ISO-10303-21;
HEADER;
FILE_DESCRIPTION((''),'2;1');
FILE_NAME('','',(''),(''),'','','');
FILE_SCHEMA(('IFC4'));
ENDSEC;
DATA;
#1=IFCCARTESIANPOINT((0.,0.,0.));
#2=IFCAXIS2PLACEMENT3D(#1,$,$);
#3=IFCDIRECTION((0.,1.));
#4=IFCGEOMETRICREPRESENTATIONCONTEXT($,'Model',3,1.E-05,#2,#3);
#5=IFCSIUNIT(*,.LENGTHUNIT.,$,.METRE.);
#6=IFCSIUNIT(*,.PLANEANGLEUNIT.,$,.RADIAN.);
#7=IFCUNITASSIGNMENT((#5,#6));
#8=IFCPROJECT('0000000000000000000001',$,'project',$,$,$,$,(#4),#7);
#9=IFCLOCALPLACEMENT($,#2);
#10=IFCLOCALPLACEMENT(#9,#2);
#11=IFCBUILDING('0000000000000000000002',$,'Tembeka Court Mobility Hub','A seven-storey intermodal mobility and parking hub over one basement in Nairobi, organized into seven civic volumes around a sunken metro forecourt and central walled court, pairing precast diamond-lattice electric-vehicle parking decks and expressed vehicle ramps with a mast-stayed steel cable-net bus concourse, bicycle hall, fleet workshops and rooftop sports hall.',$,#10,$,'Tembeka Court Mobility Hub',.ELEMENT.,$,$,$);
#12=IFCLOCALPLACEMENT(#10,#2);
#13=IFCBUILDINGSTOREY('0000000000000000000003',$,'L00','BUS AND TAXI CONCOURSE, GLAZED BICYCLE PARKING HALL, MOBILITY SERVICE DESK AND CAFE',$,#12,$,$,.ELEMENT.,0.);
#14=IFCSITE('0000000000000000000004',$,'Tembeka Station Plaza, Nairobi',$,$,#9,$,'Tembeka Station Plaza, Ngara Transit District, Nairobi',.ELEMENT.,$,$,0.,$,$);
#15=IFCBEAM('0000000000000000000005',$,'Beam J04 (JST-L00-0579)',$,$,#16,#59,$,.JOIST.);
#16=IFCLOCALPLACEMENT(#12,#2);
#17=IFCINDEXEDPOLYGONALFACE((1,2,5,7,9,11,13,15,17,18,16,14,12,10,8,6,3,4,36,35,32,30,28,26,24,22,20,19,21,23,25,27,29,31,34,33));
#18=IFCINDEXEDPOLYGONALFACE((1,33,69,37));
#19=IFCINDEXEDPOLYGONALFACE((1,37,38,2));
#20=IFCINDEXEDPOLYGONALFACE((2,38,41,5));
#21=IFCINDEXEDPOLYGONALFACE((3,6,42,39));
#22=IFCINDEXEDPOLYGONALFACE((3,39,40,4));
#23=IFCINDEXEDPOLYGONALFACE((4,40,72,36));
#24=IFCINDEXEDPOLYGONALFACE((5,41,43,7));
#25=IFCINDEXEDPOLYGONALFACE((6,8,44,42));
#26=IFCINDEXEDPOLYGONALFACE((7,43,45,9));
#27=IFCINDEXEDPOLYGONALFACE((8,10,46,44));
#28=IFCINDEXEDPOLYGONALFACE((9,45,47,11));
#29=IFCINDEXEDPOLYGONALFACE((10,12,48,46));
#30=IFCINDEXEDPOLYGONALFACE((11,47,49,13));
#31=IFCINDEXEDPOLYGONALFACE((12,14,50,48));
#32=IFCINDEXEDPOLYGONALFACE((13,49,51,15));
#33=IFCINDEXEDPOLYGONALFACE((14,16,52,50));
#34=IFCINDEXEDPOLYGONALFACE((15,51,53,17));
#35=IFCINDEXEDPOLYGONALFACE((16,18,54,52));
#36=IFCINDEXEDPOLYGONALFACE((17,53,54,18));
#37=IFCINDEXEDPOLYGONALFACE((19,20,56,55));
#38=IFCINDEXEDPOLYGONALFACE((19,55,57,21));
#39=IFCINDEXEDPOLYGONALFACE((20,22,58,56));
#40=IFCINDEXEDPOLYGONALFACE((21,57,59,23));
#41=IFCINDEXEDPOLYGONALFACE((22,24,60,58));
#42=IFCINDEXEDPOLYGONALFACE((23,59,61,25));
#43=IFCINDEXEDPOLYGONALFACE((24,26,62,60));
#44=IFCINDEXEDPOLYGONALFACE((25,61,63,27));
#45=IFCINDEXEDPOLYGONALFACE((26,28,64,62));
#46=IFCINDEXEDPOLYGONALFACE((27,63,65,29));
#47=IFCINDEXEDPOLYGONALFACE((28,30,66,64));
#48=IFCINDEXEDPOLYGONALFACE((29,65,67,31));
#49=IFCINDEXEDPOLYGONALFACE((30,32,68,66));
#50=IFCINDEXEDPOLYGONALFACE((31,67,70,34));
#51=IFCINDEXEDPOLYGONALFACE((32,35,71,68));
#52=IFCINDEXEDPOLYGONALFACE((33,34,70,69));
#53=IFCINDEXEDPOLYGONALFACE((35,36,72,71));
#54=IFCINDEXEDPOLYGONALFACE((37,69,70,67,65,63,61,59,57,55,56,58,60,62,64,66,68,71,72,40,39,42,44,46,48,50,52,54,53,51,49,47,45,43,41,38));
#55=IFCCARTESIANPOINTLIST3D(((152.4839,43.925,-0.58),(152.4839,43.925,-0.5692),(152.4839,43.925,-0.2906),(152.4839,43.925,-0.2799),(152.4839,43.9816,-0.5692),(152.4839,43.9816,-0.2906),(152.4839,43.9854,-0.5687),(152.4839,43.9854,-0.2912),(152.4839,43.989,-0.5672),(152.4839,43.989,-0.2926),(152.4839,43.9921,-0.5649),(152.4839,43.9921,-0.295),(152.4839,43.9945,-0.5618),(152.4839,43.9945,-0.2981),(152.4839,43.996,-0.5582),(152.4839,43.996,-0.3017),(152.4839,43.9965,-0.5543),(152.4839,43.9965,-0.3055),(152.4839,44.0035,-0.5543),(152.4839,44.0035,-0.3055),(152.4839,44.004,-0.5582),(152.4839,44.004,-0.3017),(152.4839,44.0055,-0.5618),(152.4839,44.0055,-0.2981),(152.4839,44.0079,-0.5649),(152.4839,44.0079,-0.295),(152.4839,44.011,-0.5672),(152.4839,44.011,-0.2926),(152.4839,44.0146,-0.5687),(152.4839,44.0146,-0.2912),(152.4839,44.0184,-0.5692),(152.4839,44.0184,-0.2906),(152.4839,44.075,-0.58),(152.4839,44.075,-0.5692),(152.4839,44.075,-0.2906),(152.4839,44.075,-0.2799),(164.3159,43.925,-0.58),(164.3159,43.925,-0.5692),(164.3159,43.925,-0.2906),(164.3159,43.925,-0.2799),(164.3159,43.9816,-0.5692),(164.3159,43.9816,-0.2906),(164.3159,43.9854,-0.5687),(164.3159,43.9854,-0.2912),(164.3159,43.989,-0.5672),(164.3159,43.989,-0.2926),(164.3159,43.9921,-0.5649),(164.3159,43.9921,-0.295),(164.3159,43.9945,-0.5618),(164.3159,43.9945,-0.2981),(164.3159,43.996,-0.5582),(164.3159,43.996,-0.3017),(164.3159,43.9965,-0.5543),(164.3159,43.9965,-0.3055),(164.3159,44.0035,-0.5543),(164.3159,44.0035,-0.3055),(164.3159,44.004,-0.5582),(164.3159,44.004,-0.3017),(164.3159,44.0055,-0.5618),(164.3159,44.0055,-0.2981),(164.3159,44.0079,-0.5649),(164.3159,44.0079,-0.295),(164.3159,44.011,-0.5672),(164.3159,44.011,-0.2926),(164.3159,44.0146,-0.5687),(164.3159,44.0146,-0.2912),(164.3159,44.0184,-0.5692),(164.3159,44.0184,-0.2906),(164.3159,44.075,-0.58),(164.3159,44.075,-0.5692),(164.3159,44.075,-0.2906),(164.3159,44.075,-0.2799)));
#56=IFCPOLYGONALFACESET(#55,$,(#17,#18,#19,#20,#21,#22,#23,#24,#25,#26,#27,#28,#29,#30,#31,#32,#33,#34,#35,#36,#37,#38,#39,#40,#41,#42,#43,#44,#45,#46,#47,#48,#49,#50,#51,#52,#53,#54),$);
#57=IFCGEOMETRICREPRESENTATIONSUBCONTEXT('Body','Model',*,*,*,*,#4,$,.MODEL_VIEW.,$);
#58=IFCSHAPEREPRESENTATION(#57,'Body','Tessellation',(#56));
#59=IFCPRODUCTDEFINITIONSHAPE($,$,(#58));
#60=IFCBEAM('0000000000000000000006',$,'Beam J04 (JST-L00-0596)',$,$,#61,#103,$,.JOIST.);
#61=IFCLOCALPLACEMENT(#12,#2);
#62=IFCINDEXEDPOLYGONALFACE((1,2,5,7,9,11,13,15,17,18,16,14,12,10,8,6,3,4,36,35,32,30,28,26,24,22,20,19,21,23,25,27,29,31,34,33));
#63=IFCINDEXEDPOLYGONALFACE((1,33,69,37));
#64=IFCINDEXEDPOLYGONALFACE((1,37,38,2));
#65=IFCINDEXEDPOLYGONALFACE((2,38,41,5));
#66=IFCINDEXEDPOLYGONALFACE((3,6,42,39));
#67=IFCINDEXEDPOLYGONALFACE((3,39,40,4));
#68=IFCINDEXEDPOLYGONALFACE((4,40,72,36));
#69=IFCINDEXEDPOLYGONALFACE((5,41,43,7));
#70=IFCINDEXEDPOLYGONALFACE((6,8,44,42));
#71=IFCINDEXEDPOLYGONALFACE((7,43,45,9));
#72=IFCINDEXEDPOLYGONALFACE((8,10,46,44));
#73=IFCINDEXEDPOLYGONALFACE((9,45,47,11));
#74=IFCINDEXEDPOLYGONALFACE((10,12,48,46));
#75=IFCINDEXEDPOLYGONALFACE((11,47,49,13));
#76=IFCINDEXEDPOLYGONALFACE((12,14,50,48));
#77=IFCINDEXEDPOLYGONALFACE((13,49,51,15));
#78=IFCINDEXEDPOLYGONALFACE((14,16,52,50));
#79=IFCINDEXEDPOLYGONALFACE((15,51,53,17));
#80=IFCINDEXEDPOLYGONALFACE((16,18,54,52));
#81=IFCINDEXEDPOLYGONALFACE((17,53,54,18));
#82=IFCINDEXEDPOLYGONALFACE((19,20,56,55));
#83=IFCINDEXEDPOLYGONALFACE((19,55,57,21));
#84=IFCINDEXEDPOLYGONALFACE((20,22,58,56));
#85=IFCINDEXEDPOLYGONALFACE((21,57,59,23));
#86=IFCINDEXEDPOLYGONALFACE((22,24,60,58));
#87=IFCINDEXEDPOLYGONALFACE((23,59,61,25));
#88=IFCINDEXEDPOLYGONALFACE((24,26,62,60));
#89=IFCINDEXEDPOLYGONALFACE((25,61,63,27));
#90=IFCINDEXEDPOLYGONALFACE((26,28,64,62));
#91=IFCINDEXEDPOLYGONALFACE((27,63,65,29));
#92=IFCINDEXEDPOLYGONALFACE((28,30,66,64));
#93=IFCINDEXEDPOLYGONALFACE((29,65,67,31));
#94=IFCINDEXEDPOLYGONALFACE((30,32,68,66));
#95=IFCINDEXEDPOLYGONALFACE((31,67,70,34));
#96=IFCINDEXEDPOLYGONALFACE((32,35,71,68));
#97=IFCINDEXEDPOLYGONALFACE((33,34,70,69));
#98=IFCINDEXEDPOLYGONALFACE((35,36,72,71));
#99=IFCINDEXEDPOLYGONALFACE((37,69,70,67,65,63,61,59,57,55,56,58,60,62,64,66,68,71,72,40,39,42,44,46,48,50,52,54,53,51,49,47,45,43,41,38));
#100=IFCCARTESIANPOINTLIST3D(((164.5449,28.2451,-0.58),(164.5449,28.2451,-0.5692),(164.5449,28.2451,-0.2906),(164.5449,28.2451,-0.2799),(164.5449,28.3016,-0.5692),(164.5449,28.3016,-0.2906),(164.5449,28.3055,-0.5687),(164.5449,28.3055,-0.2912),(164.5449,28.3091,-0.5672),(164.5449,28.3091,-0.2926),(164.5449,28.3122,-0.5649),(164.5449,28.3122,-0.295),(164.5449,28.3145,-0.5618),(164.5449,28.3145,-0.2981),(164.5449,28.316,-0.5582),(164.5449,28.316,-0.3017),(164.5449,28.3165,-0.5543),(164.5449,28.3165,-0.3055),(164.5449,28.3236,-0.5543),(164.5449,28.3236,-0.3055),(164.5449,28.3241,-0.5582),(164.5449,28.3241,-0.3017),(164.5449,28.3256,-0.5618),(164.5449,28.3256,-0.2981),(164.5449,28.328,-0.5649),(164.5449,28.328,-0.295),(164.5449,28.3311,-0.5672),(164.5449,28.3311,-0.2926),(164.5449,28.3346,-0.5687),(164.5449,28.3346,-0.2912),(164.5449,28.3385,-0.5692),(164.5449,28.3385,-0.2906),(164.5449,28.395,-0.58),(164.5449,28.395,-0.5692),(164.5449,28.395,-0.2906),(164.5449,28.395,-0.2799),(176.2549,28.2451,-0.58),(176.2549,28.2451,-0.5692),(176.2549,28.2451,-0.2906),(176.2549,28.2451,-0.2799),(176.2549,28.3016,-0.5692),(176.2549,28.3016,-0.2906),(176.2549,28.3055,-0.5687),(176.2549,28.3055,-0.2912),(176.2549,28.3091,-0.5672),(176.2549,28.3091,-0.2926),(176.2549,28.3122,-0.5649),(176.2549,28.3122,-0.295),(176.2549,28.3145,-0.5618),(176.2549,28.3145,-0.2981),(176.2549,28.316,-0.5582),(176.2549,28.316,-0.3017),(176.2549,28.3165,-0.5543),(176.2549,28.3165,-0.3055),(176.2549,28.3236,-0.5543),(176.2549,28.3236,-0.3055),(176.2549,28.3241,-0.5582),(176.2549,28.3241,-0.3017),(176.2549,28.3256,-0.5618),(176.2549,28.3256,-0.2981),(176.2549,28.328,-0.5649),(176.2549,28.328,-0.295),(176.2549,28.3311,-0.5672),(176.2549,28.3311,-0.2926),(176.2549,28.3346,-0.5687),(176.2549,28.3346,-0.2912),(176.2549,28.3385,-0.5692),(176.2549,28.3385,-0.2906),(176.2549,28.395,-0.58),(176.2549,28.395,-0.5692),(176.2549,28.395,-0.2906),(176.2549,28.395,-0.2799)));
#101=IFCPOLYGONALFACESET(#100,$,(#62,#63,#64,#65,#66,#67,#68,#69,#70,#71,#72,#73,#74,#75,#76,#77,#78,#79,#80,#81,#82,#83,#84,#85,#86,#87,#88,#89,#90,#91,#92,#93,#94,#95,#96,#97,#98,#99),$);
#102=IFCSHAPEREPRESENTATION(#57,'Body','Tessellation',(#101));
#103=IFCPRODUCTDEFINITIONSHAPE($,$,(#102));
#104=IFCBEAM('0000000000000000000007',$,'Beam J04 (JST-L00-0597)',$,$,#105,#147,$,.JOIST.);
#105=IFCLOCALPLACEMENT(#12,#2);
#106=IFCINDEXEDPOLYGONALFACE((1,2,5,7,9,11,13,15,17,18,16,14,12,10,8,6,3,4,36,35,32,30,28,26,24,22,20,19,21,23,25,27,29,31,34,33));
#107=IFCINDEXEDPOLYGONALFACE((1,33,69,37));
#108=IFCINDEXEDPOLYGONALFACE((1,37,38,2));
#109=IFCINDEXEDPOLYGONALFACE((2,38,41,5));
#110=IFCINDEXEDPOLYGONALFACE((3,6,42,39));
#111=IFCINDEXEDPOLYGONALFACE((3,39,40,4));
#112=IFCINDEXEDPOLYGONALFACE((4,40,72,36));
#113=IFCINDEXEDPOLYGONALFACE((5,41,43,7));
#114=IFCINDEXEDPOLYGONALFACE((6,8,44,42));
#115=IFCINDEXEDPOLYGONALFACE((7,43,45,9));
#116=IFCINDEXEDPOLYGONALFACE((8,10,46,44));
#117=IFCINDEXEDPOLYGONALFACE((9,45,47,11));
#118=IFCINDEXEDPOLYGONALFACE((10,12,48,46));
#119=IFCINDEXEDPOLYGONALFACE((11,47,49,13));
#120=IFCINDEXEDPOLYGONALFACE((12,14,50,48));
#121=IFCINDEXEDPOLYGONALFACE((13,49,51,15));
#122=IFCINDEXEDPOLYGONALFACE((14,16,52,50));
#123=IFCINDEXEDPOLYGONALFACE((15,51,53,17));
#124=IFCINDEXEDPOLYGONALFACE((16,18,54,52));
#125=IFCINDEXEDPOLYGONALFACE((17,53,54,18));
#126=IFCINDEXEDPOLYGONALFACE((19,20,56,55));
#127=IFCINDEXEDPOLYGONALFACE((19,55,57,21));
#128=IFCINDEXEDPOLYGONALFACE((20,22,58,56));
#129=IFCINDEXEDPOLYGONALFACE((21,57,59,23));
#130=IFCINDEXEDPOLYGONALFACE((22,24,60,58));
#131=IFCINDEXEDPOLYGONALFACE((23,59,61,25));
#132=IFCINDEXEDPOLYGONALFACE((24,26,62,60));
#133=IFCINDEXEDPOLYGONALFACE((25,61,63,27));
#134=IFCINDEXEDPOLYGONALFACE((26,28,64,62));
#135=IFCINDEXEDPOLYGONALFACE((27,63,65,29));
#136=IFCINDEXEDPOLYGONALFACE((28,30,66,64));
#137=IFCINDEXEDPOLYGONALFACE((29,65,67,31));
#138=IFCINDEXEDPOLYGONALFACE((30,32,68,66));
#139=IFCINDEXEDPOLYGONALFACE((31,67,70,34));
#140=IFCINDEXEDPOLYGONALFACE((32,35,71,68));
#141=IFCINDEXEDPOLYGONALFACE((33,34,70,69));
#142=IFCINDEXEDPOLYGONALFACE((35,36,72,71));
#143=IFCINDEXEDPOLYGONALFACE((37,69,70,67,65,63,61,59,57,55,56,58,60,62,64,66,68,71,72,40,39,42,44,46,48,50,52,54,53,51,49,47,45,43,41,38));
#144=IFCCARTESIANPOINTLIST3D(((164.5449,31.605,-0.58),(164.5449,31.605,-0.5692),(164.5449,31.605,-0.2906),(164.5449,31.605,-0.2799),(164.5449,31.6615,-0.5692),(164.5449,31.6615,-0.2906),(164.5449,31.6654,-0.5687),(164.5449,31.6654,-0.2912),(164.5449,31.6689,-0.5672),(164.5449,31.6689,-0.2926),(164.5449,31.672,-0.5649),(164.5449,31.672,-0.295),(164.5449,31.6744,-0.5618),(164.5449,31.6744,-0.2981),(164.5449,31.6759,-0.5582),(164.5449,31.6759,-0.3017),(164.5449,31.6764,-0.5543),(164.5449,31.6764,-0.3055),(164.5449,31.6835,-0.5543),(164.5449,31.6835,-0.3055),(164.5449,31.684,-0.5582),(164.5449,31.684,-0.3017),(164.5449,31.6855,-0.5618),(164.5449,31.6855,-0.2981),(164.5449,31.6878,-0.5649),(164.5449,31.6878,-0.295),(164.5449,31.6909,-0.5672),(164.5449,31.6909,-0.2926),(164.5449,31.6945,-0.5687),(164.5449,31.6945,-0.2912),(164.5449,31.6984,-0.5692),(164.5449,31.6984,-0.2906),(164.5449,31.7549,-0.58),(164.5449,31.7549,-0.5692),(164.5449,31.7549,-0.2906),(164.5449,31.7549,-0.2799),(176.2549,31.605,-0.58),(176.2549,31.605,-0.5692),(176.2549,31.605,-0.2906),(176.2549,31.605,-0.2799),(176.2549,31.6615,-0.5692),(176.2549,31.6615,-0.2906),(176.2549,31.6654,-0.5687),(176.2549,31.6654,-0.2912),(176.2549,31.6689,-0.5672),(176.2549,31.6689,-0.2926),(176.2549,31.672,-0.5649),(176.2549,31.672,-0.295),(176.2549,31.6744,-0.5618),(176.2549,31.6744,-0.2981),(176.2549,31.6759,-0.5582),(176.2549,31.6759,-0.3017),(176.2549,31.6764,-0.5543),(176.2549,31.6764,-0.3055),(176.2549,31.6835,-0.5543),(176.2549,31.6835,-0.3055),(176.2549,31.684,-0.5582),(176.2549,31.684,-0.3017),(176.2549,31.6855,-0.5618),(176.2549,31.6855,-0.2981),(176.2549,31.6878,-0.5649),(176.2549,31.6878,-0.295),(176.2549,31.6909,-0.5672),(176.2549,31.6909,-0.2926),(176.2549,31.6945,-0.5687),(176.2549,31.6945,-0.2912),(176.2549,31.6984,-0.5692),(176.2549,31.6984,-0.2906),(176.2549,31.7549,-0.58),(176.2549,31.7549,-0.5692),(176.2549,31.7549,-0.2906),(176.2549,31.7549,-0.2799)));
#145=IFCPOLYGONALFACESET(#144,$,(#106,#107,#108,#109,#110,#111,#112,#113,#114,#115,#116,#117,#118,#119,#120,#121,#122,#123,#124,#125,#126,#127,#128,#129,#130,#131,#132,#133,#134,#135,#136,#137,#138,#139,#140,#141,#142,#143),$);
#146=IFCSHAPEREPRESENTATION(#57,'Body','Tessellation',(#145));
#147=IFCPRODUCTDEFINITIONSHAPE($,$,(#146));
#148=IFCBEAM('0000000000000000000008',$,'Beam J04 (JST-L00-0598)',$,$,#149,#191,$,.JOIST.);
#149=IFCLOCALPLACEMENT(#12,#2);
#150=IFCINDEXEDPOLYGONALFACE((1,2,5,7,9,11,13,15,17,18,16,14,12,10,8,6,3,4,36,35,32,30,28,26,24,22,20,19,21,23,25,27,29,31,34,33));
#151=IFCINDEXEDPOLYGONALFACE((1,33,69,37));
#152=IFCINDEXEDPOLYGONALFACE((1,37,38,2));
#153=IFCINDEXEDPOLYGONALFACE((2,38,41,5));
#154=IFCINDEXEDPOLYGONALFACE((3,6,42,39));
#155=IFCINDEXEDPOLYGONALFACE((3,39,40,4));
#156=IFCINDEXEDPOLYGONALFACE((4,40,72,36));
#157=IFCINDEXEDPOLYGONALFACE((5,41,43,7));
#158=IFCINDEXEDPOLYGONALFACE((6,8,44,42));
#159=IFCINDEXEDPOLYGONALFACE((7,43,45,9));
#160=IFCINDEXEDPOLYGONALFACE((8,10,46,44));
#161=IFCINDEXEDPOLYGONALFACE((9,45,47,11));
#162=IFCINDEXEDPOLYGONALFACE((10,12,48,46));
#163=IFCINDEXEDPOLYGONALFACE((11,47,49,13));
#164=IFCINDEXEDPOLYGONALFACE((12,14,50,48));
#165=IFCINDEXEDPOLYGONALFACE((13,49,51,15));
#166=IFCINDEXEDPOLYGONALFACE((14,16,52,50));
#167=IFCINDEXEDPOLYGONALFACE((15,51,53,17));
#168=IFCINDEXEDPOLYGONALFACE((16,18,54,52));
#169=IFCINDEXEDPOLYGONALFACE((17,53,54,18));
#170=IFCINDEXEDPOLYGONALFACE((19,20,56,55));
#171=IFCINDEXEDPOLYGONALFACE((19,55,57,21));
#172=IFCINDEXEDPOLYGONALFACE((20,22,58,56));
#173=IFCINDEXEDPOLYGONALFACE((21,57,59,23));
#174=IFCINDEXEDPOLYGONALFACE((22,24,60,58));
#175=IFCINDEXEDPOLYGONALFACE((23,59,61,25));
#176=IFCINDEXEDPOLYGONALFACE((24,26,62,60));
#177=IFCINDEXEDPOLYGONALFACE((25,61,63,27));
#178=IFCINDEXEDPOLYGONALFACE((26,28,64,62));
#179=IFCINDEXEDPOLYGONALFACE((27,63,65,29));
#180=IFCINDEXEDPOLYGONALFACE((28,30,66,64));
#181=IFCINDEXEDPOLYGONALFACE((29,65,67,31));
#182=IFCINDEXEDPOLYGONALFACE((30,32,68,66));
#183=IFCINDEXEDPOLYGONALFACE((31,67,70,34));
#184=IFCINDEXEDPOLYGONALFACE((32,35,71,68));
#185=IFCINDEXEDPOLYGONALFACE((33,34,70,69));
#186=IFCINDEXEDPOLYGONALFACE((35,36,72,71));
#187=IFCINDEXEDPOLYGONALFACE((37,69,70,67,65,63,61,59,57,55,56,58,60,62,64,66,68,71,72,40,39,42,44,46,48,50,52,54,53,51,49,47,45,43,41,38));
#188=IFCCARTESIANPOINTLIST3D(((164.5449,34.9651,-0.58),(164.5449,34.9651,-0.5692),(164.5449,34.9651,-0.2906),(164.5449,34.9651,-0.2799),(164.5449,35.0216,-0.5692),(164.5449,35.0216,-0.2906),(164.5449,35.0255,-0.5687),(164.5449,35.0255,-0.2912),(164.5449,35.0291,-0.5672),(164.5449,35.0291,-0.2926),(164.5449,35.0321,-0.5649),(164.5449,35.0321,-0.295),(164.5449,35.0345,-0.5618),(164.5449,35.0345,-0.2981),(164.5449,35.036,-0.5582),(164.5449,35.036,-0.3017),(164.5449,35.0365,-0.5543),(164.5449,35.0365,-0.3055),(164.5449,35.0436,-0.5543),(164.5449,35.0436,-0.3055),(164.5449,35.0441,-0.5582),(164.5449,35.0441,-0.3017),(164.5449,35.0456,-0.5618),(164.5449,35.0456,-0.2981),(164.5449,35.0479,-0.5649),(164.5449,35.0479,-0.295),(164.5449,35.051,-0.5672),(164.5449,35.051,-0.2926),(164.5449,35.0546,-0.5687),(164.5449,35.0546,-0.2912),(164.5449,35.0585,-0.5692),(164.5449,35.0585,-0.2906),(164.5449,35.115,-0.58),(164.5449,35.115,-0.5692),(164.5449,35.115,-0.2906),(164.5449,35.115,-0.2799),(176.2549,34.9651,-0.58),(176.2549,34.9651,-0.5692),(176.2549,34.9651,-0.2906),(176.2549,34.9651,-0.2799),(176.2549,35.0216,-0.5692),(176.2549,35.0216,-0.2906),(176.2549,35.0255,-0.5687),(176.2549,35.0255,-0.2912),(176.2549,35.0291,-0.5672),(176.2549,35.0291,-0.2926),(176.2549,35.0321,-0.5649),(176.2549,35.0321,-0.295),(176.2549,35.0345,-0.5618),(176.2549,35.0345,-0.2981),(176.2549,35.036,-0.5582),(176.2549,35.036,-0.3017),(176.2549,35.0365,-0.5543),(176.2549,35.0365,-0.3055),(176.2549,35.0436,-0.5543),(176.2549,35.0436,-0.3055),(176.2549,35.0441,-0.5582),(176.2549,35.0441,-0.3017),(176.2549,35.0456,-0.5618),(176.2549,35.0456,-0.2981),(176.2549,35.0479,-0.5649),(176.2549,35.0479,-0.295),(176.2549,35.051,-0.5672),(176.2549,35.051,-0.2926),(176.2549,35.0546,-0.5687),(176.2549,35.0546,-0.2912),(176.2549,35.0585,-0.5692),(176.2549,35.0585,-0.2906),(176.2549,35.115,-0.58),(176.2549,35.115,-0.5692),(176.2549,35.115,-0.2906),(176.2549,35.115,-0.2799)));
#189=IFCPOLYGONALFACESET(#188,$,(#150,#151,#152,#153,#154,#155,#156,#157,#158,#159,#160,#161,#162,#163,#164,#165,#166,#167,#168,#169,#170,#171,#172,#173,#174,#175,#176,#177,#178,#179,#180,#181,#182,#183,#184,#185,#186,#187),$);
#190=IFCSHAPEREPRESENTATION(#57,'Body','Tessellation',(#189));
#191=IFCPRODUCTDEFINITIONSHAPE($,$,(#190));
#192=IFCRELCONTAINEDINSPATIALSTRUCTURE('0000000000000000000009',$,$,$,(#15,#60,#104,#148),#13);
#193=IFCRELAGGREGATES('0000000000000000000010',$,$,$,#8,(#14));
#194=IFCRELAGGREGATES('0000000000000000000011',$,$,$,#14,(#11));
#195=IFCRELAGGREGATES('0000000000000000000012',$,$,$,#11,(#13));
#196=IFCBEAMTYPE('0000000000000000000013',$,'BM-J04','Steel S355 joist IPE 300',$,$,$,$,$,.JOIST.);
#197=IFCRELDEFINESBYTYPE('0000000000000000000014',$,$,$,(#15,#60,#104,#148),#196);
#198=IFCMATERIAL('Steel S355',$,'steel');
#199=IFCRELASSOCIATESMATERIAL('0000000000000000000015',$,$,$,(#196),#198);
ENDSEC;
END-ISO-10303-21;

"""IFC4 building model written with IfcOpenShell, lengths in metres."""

from ifc_helpers import new_model, si_unit, direction, frame, origin, origin_2d, place, context, subcontext, project, spatial, i_section, extrude, material, material_profile, profile_set, type_object, element, save


model = new_model("IFC4")

# Units and contexts
model_context = context("Model", 3, precision=1e-05, world=origin(), true_north=direction((0.0, 1.0)))
body_context = subcontext(model_context, "Body", "Model", "MODEL_VIEW")
ifc_project = project(units=[si_unit("LENGTHUNIT", "METRE"), si_unit("PLANEANGLEUNIT", "RADIAN")], contexts=[model_context])

# Site, building, storey
site_placement = place(None, origin())
site = spatial("IfcSite", under=ifc_project, at=site_placement, Name="Tembeka Station Plaza, Nairobi", LongName="Tembeka Station Plaza, Ngara Transit District, Nairobi", CompositionType="ELEMENT", RefElevation=0.0)
building_placement = place(site_placement, origin())
building = spatial("IfcBuilding", under=site, at=building_placement, Name="Tembeka Court Mobility Hub", Description="A seven-storey intermodal mobility and parking hub over one basement in Nairobi, organized into seven civic volumes around a sunken metro forecourt and central walled court, pairing precast diamond-lattice electric-vehicle parking decks and expressed vehicle ramps with a mast-stayed steel cable-net bus concourse, bicycle hall, fleet workshops and rooftop sports hall.", LongName="Tembeka Court Mobility Hub", CompositionType="ELEMENT")
storey_placement = place(building_placement, origin())
storey = spatial("IfcBuildingStorey", under=building, at=storey_placement, Name="L00", Description="BUS AND TAXI CONCOURSE, GLAZED BICYCLE PARKING HALL, MOBILITY SERVICE DESK AND CAFE", CompositionType="ELEMENT", Elevation=0.0)

# Shared definitions
ifc_material_1 = material(Name="Steel S355", Category="steel")

# Beams
ifc_material_profile_1 = material_profile(ifc_material_1, i_section(OverallWidth=0.1499, OverallDepth=0.3, WebThickness=0.0071, FlangeThickness=0.0107, FilletRadius=0.0149, at=origin_2d()), Name="IPE 300")
ifc_profile_set_1 = profile_set([ifc_material_profile_1], Name="Steel S355")
beam_type_1 = type_object("IfcBeamType", Name="BM-J04", Description="Steel S355 joist IPE 300", PredefinedType="JOIST", material=ifc_profile_set_1)
for number, where, z_axis, x_axis, name in (
    (1, (152.4839, 44.0, -0.4299), (1.0, 0.0, 0.0), (0.0, 1.0, 0.0), "Beam J04 (JST-L00-0579)"),
):
    element("IfcBeam", number, at=place(storey_placement, frame(where, z_axis=z_axis, x_axis=x_axis)), inside=storey, type_object=beam_type_1, Name=name, PredefinedType="JOIST", context=body_context, shape_type="SweptSolid", body=[
        extrude(i_section(OverallWidth=0.1499, OverallDepth=0.3, WebThickness=0.0071, FlangeThickness=0.0107, FilletRadius=0.0149, at=origin_2d()), origin(), (0.0, 0.0, 1.0), 11.832),
    ])
for number, where, z_axis, x_axis, name in (
    (2, (164.5449, 28.3201, -0.4299), (1.0, 0.0, 0.0), (0.0, 1.0, 0.0), "Beam J04 (JST-L00-0596)"),
    (3, (164.5449, 31.6799, -0.4299), (1.0, 0.0, 0.0), (0.0, 1.0, 0.0), "Beam J04 (JST-L00-0597)"),
    (4, (164.5449, 35.04, -0.4299), (1.0, 0.0, 0.0), (0.0, 1.0, 0.0), "Beam J04 (JST-L00-0598)"),
):
    element("IfcBeam", number, at=place(storey_placement, frame(where, z_axis=z_axis, x_axis=x_axis)), inside=storey, type_object=beam_type_1, Name=name, PredefinedType="JOIST", context=body_context, shape_type="SweptSolid", body=[
        extrude(i_section(OverallWidth=0.1499, OverallDepth=0.3, WebThickness=0.0071, FlangeThickness=0.0107, FilletRadius=0.0149, at=origin_2d()), origin(), (0.0, 0.0, 1.0), 11.71),
    ])

save(model, "model.ifc")
